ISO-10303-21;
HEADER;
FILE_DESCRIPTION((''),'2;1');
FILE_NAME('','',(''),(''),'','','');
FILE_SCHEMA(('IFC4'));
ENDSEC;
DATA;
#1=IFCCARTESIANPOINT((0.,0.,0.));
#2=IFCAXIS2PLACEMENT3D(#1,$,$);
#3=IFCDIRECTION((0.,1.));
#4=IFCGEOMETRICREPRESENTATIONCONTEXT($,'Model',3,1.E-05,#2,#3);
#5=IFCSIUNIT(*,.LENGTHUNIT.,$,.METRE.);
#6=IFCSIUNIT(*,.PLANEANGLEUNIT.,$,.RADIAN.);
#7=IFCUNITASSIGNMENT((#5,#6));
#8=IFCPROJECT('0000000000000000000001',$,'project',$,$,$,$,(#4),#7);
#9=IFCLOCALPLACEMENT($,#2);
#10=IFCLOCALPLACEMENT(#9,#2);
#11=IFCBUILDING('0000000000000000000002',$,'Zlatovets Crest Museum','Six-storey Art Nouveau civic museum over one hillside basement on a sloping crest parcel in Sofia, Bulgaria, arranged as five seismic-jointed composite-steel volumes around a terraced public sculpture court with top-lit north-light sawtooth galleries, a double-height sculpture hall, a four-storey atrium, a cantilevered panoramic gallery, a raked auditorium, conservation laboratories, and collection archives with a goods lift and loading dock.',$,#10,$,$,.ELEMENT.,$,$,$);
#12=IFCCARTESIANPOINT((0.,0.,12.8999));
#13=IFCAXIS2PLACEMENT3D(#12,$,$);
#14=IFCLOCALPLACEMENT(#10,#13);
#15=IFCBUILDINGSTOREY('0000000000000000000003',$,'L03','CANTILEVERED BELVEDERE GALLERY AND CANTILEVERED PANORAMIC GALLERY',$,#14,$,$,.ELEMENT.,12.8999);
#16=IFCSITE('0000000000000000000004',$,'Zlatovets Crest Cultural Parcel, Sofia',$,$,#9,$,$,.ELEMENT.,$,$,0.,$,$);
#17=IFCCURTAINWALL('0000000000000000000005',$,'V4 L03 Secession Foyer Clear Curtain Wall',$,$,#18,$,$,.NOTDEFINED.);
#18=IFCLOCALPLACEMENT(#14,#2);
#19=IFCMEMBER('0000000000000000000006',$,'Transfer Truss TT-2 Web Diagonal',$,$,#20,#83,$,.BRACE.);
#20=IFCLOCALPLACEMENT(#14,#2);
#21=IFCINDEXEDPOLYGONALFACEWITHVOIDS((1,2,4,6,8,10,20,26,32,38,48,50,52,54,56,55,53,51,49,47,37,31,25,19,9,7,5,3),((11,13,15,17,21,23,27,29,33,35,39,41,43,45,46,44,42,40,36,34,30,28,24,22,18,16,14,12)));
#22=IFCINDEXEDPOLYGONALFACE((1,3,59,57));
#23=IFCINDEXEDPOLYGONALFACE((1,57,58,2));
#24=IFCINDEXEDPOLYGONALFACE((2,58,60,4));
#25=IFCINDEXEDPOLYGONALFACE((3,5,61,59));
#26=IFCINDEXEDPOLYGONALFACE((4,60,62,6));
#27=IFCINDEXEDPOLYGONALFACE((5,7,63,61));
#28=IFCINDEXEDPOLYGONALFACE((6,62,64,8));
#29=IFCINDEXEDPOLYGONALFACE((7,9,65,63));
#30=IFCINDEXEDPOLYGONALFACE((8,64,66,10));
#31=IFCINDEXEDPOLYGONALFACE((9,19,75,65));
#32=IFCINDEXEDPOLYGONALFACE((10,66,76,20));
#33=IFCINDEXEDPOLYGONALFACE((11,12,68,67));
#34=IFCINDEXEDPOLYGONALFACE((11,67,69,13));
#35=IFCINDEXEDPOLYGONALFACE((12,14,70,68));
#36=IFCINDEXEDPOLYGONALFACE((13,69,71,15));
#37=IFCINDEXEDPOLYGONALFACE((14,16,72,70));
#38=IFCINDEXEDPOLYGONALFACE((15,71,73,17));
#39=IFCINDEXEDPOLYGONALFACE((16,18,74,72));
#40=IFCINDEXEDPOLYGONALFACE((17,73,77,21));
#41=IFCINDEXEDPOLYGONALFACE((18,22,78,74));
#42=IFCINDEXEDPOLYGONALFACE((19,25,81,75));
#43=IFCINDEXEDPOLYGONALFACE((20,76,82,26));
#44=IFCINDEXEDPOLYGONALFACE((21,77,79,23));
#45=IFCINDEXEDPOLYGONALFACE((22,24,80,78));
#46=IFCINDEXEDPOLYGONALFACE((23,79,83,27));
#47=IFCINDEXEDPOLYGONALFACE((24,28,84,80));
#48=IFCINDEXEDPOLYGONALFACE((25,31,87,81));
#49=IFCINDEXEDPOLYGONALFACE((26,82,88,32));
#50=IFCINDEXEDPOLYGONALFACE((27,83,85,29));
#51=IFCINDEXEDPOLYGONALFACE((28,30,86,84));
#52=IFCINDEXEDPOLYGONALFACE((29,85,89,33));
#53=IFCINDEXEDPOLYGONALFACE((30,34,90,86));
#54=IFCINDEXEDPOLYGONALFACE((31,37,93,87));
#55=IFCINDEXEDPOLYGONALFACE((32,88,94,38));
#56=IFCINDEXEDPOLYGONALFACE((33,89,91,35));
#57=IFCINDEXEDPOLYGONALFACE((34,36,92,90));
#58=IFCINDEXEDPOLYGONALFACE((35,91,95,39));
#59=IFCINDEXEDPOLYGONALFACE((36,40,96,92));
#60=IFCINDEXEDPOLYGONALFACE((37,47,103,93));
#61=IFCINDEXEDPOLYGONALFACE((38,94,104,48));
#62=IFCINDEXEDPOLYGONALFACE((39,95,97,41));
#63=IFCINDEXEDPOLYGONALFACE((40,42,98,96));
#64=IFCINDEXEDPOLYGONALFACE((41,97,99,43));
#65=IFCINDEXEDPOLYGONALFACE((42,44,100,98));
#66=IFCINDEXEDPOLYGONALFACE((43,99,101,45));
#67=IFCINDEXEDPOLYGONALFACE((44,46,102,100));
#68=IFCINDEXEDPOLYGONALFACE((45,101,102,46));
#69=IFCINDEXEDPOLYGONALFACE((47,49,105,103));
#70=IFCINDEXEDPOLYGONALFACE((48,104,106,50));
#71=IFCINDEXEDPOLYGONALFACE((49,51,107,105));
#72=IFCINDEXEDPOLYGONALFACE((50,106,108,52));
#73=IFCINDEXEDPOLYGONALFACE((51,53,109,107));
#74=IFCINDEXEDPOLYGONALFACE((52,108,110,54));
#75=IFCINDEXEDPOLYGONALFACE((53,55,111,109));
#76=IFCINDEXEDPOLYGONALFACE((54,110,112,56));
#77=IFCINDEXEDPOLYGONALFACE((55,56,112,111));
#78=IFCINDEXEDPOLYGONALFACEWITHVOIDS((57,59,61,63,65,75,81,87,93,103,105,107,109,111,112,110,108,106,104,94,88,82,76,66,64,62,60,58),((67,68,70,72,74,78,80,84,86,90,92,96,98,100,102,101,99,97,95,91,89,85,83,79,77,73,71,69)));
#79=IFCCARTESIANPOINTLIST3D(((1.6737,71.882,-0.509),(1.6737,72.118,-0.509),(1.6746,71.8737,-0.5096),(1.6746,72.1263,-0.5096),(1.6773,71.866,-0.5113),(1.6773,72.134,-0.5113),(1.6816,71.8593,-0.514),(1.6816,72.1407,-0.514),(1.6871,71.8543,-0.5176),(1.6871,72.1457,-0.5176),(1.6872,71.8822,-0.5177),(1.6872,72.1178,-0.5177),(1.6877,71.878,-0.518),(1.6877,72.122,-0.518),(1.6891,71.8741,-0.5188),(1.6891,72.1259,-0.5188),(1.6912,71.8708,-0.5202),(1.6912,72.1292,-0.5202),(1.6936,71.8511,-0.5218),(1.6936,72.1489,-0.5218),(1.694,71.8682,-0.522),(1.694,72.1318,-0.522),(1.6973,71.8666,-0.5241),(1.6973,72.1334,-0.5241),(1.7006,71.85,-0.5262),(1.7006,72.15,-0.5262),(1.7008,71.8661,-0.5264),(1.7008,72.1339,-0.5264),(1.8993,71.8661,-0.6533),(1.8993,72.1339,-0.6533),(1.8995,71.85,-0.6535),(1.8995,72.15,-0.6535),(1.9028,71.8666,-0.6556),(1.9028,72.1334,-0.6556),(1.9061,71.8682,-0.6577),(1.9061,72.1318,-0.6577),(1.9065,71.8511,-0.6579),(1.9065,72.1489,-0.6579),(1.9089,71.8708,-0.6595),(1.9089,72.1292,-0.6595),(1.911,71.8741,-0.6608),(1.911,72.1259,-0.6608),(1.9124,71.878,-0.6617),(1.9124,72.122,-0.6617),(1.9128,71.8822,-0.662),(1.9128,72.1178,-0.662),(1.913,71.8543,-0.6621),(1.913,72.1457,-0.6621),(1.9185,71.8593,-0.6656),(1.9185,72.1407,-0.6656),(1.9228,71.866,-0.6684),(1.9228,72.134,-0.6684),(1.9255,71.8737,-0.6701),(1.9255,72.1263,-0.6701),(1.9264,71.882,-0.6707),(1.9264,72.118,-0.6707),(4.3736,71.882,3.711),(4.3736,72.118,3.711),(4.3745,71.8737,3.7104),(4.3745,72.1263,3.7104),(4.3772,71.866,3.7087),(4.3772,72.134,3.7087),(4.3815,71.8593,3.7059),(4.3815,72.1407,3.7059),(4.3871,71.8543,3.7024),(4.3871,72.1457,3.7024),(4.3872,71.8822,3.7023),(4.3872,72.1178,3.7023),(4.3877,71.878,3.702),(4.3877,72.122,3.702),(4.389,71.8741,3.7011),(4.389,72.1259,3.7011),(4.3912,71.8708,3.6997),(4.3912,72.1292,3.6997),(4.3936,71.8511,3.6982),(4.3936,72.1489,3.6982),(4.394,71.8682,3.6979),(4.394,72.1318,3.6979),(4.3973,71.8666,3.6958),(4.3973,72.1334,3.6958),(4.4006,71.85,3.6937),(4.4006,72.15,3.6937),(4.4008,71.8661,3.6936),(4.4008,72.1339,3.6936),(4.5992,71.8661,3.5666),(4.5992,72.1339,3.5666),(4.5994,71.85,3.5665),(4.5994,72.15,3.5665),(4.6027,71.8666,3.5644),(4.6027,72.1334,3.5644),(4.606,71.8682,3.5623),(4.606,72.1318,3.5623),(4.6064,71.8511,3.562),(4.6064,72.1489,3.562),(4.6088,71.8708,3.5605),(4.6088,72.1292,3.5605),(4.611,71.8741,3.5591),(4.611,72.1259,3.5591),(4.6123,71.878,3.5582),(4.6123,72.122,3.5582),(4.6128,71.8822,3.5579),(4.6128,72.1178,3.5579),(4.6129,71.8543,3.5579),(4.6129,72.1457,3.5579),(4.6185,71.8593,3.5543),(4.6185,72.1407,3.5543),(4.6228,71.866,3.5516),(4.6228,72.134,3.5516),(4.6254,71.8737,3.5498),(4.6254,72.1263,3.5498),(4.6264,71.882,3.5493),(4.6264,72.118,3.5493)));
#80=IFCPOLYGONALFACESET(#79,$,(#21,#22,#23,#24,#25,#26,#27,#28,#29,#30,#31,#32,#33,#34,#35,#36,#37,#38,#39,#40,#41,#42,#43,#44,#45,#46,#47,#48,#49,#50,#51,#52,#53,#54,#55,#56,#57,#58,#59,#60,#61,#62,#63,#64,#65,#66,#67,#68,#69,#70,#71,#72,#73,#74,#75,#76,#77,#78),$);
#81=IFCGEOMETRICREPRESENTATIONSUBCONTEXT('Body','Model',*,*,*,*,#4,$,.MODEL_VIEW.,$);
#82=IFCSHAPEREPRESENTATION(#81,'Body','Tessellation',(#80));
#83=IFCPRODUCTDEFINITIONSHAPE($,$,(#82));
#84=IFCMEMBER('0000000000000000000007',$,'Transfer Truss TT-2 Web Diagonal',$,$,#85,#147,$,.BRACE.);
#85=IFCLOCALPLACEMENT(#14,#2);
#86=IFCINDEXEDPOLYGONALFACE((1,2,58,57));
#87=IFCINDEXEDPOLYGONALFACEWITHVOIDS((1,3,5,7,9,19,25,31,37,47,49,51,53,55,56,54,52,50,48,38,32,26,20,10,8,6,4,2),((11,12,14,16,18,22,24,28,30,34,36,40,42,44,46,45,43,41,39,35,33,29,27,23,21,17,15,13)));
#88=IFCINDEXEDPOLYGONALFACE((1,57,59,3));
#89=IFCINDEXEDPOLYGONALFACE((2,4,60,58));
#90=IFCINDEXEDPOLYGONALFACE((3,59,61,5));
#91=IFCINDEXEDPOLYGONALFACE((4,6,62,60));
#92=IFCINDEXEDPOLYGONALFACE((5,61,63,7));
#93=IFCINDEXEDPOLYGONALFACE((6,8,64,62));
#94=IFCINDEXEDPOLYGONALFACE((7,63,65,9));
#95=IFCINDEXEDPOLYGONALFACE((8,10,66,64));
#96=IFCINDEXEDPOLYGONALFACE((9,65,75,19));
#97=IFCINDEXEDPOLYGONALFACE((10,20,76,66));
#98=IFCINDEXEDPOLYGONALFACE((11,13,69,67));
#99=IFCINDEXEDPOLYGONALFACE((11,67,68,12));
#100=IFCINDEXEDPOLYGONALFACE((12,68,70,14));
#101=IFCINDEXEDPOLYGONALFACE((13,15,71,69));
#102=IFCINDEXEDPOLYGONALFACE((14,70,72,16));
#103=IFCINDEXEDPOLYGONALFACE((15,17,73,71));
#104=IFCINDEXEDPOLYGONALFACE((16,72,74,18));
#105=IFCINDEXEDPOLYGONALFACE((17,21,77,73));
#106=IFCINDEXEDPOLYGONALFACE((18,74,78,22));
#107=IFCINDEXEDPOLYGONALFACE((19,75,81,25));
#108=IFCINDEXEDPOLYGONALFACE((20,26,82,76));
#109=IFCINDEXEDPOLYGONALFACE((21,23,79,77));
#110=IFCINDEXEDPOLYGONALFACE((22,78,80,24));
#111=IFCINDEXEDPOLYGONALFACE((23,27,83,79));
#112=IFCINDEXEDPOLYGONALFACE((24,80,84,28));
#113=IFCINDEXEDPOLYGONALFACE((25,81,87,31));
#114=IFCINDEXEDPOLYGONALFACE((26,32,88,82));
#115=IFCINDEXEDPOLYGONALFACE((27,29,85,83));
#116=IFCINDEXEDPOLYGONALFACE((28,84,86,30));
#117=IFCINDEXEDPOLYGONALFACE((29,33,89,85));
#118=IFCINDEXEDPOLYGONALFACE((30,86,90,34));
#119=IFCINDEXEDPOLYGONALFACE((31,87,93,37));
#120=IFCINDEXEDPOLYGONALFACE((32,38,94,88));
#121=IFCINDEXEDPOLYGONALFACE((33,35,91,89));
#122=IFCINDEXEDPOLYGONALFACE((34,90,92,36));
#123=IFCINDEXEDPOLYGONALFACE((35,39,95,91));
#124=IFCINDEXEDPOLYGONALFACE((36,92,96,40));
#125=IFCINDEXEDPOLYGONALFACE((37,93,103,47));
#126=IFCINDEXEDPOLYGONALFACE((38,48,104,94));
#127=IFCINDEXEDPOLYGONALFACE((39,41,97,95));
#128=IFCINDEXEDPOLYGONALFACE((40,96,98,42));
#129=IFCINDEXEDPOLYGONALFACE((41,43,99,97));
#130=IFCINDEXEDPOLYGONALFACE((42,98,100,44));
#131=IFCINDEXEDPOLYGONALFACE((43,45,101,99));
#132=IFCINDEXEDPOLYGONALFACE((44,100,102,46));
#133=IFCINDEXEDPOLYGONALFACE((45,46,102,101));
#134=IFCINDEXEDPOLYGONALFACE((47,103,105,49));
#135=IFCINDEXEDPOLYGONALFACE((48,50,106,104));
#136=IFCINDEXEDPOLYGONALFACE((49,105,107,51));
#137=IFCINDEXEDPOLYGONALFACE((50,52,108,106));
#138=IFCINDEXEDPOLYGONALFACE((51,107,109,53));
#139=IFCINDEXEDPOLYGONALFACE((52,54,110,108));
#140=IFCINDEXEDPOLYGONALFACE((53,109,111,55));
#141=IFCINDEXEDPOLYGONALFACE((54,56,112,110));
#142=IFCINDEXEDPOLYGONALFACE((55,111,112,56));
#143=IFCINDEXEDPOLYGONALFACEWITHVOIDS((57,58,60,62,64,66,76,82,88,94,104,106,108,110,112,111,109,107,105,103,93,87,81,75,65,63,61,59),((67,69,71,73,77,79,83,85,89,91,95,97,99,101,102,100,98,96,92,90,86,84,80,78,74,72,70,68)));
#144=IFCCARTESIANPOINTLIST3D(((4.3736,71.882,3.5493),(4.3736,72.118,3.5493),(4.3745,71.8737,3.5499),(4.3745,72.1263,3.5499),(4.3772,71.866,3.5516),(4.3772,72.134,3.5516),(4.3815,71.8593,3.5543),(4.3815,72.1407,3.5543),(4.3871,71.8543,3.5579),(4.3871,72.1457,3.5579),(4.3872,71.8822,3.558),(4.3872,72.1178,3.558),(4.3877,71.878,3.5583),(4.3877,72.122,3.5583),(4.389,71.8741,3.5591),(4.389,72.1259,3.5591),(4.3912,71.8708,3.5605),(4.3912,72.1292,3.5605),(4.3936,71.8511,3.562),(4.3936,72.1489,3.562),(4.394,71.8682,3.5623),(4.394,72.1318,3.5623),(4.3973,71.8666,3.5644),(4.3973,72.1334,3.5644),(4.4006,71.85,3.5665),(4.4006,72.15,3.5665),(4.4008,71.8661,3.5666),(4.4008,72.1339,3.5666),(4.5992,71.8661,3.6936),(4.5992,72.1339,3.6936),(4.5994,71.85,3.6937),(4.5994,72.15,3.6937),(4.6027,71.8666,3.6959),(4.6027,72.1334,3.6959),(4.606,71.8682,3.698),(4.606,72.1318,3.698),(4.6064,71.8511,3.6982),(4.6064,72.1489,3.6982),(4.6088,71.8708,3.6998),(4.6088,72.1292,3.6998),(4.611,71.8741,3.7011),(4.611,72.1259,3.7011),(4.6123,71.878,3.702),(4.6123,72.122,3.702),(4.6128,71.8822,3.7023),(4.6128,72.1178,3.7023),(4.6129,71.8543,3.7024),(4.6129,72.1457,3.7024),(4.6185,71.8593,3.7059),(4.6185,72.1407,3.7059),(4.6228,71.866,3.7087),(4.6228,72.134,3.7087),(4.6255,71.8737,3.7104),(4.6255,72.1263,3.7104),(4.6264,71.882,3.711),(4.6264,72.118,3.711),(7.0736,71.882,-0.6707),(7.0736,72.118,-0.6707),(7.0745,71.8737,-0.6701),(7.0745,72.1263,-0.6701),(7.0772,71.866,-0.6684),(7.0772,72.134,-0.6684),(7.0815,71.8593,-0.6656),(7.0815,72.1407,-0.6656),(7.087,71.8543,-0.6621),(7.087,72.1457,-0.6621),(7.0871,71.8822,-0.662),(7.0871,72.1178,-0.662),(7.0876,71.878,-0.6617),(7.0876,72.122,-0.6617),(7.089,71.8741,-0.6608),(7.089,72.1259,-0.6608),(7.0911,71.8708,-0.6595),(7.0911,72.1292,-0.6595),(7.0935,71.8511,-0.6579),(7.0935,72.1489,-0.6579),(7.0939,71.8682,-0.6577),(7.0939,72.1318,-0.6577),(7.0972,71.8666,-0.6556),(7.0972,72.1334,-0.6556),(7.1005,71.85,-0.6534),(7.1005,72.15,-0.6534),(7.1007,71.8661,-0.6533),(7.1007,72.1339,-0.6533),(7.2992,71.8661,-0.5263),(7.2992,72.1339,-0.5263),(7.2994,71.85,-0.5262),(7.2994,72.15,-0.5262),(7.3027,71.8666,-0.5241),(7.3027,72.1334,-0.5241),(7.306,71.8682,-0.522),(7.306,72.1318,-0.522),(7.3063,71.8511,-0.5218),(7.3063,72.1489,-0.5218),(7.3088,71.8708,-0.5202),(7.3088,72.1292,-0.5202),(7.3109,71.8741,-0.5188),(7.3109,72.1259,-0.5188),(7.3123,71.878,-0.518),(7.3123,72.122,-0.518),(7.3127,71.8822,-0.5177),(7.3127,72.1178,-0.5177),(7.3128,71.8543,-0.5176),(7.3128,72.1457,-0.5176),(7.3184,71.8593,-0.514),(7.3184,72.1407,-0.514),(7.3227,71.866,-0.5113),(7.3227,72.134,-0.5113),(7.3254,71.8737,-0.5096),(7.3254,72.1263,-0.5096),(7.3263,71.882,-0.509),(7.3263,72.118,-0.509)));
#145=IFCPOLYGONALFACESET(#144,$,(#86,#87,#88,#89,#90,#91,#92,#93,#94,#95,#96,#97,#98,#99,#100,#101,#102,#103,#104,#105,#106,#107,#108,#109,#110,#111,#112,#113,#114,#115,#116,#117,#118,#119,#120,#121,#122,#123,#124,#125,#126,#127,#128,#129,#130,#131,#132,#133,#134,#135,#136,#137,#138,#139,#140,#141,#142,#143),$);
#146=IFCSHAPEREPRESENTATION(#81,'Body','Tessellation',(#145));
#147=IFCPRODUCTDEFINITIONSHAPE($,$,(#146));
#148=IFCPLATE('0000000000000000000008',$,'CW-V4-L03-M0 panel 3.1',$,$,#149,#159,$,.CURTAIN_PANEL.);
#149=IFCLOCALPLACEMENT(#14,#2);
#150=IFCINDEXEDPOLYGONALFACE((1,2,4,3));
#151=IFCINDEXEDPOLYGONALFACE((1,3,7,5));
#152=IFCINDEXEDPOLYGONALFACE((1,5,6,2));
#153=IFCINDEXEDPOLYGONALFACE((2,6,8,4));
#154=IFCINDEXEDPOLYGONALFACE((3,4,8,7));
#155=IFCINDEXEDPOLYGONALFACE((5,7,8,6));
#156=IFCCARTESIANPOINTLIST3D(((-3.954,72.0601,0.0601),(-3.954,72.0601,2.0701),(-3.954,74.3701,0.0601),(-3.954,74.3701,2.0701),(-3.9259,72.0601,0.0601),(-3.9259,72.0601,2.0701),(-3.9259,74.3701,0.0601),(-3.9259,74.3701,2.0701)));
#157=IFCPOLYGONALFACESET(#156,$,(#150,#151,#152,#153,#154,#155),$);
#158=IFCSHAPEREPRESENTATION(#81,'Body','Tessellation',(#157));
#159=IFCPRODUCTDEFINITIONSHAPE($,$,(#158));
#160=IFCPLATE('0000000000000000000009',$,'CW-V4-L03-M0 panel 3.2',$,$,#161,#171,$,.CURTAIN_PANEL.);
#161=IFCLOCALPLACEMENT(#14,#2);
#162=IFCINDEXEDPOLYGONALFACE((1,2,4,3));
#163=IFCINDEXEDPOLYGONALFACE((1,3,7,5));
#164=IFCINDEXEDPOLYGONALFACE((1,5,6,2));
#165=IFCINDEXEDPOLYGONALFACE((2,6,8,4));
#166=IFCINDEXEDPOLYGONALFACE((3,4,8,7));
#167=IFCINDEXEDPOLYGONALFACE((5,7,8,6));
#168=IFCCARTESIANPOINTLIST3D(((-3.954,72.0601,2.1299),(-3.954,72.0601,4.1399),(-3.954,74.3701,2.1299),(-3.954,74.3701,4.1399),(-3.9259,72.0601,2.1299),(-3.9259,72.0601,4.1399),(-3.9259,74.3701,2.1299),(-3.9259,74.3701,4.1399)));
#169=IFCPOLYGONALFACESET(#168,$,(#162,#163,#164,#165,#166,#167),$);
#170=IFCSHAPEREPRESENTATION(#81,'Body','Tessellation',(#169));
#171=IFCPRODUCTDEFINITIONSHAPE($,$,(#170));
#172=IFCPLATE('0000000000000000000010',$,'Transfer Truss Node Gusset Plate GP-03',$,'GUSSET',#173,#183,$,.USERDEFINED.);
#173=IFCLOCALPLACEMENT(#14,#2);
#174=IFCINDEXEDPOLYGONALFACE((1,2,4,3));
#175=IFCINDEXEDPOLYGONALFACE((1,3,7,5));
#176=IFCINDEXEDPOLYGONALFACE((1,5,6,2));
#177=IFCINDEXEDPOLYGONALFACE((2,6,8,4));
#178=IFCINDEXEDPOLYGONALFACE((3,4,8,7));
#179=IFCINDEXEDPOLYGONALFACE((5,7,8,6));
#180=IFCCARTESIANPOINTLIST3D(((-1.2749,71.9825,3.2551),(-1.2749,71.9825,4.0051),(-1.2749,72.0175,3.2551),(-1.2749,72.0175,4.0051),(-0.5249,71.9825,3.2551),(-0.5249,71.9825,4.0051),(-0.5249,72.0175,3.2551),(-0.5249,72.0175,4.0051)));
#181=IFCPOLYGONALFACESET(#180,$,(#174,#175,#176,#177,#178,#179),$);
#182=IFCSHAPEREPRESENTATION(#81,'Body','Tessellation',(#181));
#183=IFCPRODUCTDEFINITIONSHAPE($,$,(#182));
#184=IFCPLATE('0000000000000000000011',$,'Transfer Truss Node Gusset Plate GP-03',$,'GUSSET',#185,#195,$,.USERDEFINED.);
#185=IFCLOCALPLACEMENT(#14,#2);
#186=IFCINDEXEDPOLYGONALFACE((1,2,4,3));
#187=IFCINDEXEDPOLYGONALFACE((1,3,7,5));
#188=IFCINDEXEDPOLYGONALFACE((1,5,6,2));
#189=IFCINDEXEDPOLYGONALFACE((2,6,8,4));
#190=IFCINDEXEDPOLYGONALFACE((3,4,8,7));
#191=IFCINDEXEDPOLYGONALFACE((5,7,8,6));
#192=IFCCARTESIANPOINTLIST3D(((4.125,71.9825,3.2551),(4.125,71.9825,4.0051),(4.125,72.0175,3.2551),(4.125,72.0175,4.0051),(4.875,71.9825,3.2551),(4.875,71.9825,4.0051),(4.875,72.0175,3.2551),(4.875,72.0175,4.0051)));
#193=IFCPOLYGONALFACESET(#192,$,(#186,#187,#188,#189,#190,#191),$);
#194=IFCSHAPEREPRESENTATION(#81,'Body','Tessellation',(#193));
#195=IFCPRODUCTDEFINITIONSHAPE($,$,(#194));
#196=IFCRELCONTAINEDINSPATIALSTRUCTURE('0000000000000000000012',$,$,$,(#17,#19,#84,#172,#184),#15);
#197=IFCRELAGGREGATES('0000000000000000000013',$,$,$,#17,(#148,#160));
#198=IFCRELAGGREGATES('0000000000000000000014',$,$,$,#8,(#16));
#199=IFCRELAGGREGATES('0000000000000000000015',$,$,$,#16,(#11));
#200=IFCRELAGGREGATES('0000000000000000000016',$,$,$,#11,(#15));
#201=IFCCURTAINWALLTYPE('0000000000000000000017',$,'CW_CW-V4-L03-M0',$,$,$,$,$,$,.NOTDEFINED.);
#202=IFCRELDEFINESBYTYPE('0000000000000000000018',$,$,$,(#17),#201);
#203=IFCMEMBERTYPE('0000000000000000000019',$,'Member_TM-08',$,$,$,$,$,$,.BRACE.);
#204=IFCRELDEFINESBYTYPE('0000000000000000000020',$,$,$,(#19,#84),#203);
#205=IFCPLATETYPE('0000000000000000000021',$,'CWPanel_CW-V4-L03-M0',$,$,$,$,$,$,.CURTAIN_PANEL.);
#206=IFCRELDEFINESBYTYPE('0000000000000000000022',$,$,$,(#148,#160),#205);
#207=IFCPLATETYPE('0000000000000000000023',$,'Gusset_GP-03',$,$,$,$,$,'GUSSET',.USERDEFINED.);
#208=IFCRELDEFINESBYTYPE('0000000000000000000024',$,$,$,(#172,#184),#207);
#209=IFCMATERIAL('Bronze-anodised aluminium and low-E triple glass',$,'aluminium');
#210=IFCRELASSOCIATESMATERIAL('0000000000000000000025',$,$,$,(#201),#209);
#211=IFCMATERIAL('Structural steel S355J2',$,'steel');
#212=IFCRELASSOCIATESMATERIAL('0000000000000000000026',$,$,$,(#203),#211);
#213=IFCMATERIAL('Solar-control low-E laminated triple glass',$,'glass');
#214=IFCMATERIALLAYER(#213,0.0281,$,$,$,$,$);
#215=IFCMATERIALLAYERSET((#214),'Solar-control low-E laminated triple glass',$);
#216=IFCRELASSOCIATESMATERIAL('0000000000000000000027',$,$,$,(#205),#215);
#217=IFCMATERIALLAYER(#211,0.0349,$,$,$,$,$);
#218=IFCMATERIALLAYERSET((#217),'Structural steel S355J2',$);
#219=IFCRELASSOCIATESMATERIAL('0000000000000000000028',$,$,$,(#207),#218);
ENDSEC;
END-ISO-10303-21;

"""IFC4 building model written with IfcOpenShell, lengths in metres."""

from ifc_helpers import new_model, si_unit, direction, frame, origin, origin_2d, place, context, subcontext, project, spatial, rectangle, hollow_rectangle, extrude, material, layer, layer_set, material_profile, profile_set, type_object, element, aggregate, save


model = new_model("IFC4")

# Units and contexts
model_context = context("Model", 3, precision=1e-05, world=origin(), true_north=direction((0.0, 1.0)))
body_context = subcontext(model_context, "Body", "Model", "MODEL_VIEW")
ifc_project = project(units=[si_unit("LENGTHUNIT", "METRE"), si_unit("PLANEANGLEUNIT", "RADIAN")], contexts=[model_context])

# Site, building, storey
site_placement = place(None, origin())
site = spatial("IfcSite", under=ifc_project, at=site_placement, Name="Zlatovets Crest Cultural Parcel, Sofia", CompositionType="ELEMENT", RefElevation=0.0)
building_placement = place(site_placement, origin())
building = spatial("IfcBuilding", under=site, at=building_placement, Name="Zlatovets Crest Museum", Description="Six-storey Art Nouveau civic museum over one hillside basement on a sloping crest parcel in Sofia, Bulgaria, arranged as five seismic-jointed composite-steel volumes around a terraced public sculpture court with top-lit north-light sawtooth galleries, a double-height sculpture hall, a four-storey atrium, a cantilevered panoramic gallery, a raked auditorium, conservation laboratories, and collection archives with a goods lift and loading dock.", CompositionType="ELEMENT")
storey_placement = place(building_placement, frame((0.0, 0.0, 12.8999)))
storey = spatial("IfcBuildingStorey", under=building, at=storey_placement, Name="L03", Description="CANTILEVERED BELVEDERE GALLERY AND CANTILEVERED PANORAMIC GALLERY", CompositionType="ELEMENT", Elevation=12.8999)

# Shared definitions
ifc_material_1 = material(Name="Structural steel S355J2", Category="steel")

# Curtain wall
ifc_material_2 = material(Name="Bronze-anodised aluminium and low-E triple glass", Category="aluminium")
curtain_wall_type = type_object("IfcCurtainWallType", Name="CW_CW-V4-L03-M0", PredefinedType="NOTDEFINED", material=ifc_material_2)
curtain_wall_placement = place(storey_placement, origin())
curtain_wall = element("IfcCurtainWall", 1, at=curtain_wall_placement, inside=storey, type_object=curtain_wall_type, Name="V4 L03 Secession Foyer Clear Curtain Wall", PredefinedType="NOTDEFINED")

# Members
ifc_material_profile_1 = material_profile(ifc_material_1, hollow_rectangle(XDim=0.3, YDim=0.3, WallThickness=0.0161, InnerFilletRadius=0.0161, OuterFilletRadius=0.032, at=origin_2d()), Name="SHS 300x300x16.0")
ifc_profile_set_1 = profile_set([ifc_material_profile_1], Name="Structural steel S355J2")
member_type_1 = type_object("IfcMemberType", Name="Member_TM-08", PredefinedType="BRACE", material=ifc_profile_set_1)
for number, where, z_axis, x_axis, name in (
    (2, (1.8, 72.0, -0.5898), (0.538936, 0.0, 0.842347), (0.0, 1.0, 0.0), "Transfer Truss TT-2 Web Diagonal"),
    (3, (4.5, 72.0, 3.6301), (0.538936, 0.0, -0.842347), (0.0, 1.0, 0.0), "Transfer Truss TT-2 Web Diagonal"),
):
    element("IfcMember", number, at=place(storey_placement, frame(where, z_axis=z_axis, x_axis=x_axis)), inside=storey, type_object=member_type_1, Name=name, PredefinedType="BRACE", context=body_context, shape_type="SweptSolid", body=[
        extrude(hollow_rectangle(XDim=0.3, YDim=0.3, WallThickness=0.0161, InnerFilletRadius=0.0161, OuterFilletRadius=0.032, at=origin_2d()), origin(), (0.0, 0.0, 1.0), 5.0098),
    ])

# Plates
ifc_material_3 = material(Name="Solar-control low-E laminated triple glass", Category="glass")
ifc_layer_1 = layer(ifc_material_3, 0.0281)
ifc_layer_set_1 = layer_set([ifc_layer_1], Name="Solar-control low-E laminated triple glass")
plate_type_1 = type_object("IfcPlateType", Name="CWPanel_CW-V4-L03-M0", PredefinedType="CURTAIN_PANEL", material=ifc_layer_set_1)
plate_1_placement = place(storey_placement, frame((-3.9399, 73.2151, 0.0601), z_axis=(0.0, 0.0, 1.0), x_axis=(0.0, -1.0, 0.0)))
plate_1 = element("IfcPlate", 4, at=plate_1_placement, type_object=plate_type_1, Name="CW-V4-L03-M0 panel 3.1", PredefinedType="CURTAIN_PANEL", context=body_context, shape_type="SweptSolid", body=[
    extrude(rectangle(XDim=2.3101, YDim=0.0281, at=origin_2d()), origin(), (0.0, 0.0, 1.0), 2.01),
])
plate_2_placement = place(storey_placement, frame((-3.9399, 73.2151, 2.1299), z_axis=(0.0, 0.0, 1.0), x_axis=(0.0, -1.0, 0.0)))
plate_2 = element("IfcPlate", 5, at=plate_2_placement, type_object=plate_type_1, Name="CW-V4-L03-M0 panel 3.2", PredefinedType="CURTAIN_PANEL", context=body_context, shape_type="SweptSolid", body=[
    extrude(rectangle(XDim=2.3101, YDim=0.0281, at=origin_2d()), origin(), (0.0, 0.0, 1.0), 2.01),
])
aggregate(curtain_wall, [plate_1, plate_2])

# Plates
ifc_layer_2 = layer(ifc_material_1, 0.0349)
ifc_layer_set_2 = layer_set([ifc_layer_2], Name="Structural steel S355J2")
plate_type_2 = type_object("IfcPlateType", Name="Gusset_GP-03", ElementType="GUSSET", PredefinedType="USERDEFINED", material=ifc_layer_set_2)
for number, where, z_axis, x_axis, name in (
    (6, (-0.8999, 72.0, 3.2551), (0.0, 0.0, 1.0), (1.0, 0.0, 0.0), "Transfer Truss Node Gusset Plate GP-03"),
    (7, (4.5, 72.0, 3.2551), (0.0, 0.0, 1.0), (1.0, 0.0, 0.0), "Transfer Truss Node Gusset Plate GP-03"),
):
    element("IfcPlate", number, at=place(storey_placement, frame(where, z_axis=z_axis, x_axis=x_axis)), inside=storey, type_object=plate_type_2, Name=name, ObjectType="GUSSET", PredefinedType="USERDEFINED", context=body_context, shape_type="SweptSolid", body=[
        extrude(rectangle(XDim=0.75, YDim=0.0349, at=origin_2d()), origin(), (0.0, 0.0, 1.0), 0.75),
    ])

save(model, "model.ifc")
